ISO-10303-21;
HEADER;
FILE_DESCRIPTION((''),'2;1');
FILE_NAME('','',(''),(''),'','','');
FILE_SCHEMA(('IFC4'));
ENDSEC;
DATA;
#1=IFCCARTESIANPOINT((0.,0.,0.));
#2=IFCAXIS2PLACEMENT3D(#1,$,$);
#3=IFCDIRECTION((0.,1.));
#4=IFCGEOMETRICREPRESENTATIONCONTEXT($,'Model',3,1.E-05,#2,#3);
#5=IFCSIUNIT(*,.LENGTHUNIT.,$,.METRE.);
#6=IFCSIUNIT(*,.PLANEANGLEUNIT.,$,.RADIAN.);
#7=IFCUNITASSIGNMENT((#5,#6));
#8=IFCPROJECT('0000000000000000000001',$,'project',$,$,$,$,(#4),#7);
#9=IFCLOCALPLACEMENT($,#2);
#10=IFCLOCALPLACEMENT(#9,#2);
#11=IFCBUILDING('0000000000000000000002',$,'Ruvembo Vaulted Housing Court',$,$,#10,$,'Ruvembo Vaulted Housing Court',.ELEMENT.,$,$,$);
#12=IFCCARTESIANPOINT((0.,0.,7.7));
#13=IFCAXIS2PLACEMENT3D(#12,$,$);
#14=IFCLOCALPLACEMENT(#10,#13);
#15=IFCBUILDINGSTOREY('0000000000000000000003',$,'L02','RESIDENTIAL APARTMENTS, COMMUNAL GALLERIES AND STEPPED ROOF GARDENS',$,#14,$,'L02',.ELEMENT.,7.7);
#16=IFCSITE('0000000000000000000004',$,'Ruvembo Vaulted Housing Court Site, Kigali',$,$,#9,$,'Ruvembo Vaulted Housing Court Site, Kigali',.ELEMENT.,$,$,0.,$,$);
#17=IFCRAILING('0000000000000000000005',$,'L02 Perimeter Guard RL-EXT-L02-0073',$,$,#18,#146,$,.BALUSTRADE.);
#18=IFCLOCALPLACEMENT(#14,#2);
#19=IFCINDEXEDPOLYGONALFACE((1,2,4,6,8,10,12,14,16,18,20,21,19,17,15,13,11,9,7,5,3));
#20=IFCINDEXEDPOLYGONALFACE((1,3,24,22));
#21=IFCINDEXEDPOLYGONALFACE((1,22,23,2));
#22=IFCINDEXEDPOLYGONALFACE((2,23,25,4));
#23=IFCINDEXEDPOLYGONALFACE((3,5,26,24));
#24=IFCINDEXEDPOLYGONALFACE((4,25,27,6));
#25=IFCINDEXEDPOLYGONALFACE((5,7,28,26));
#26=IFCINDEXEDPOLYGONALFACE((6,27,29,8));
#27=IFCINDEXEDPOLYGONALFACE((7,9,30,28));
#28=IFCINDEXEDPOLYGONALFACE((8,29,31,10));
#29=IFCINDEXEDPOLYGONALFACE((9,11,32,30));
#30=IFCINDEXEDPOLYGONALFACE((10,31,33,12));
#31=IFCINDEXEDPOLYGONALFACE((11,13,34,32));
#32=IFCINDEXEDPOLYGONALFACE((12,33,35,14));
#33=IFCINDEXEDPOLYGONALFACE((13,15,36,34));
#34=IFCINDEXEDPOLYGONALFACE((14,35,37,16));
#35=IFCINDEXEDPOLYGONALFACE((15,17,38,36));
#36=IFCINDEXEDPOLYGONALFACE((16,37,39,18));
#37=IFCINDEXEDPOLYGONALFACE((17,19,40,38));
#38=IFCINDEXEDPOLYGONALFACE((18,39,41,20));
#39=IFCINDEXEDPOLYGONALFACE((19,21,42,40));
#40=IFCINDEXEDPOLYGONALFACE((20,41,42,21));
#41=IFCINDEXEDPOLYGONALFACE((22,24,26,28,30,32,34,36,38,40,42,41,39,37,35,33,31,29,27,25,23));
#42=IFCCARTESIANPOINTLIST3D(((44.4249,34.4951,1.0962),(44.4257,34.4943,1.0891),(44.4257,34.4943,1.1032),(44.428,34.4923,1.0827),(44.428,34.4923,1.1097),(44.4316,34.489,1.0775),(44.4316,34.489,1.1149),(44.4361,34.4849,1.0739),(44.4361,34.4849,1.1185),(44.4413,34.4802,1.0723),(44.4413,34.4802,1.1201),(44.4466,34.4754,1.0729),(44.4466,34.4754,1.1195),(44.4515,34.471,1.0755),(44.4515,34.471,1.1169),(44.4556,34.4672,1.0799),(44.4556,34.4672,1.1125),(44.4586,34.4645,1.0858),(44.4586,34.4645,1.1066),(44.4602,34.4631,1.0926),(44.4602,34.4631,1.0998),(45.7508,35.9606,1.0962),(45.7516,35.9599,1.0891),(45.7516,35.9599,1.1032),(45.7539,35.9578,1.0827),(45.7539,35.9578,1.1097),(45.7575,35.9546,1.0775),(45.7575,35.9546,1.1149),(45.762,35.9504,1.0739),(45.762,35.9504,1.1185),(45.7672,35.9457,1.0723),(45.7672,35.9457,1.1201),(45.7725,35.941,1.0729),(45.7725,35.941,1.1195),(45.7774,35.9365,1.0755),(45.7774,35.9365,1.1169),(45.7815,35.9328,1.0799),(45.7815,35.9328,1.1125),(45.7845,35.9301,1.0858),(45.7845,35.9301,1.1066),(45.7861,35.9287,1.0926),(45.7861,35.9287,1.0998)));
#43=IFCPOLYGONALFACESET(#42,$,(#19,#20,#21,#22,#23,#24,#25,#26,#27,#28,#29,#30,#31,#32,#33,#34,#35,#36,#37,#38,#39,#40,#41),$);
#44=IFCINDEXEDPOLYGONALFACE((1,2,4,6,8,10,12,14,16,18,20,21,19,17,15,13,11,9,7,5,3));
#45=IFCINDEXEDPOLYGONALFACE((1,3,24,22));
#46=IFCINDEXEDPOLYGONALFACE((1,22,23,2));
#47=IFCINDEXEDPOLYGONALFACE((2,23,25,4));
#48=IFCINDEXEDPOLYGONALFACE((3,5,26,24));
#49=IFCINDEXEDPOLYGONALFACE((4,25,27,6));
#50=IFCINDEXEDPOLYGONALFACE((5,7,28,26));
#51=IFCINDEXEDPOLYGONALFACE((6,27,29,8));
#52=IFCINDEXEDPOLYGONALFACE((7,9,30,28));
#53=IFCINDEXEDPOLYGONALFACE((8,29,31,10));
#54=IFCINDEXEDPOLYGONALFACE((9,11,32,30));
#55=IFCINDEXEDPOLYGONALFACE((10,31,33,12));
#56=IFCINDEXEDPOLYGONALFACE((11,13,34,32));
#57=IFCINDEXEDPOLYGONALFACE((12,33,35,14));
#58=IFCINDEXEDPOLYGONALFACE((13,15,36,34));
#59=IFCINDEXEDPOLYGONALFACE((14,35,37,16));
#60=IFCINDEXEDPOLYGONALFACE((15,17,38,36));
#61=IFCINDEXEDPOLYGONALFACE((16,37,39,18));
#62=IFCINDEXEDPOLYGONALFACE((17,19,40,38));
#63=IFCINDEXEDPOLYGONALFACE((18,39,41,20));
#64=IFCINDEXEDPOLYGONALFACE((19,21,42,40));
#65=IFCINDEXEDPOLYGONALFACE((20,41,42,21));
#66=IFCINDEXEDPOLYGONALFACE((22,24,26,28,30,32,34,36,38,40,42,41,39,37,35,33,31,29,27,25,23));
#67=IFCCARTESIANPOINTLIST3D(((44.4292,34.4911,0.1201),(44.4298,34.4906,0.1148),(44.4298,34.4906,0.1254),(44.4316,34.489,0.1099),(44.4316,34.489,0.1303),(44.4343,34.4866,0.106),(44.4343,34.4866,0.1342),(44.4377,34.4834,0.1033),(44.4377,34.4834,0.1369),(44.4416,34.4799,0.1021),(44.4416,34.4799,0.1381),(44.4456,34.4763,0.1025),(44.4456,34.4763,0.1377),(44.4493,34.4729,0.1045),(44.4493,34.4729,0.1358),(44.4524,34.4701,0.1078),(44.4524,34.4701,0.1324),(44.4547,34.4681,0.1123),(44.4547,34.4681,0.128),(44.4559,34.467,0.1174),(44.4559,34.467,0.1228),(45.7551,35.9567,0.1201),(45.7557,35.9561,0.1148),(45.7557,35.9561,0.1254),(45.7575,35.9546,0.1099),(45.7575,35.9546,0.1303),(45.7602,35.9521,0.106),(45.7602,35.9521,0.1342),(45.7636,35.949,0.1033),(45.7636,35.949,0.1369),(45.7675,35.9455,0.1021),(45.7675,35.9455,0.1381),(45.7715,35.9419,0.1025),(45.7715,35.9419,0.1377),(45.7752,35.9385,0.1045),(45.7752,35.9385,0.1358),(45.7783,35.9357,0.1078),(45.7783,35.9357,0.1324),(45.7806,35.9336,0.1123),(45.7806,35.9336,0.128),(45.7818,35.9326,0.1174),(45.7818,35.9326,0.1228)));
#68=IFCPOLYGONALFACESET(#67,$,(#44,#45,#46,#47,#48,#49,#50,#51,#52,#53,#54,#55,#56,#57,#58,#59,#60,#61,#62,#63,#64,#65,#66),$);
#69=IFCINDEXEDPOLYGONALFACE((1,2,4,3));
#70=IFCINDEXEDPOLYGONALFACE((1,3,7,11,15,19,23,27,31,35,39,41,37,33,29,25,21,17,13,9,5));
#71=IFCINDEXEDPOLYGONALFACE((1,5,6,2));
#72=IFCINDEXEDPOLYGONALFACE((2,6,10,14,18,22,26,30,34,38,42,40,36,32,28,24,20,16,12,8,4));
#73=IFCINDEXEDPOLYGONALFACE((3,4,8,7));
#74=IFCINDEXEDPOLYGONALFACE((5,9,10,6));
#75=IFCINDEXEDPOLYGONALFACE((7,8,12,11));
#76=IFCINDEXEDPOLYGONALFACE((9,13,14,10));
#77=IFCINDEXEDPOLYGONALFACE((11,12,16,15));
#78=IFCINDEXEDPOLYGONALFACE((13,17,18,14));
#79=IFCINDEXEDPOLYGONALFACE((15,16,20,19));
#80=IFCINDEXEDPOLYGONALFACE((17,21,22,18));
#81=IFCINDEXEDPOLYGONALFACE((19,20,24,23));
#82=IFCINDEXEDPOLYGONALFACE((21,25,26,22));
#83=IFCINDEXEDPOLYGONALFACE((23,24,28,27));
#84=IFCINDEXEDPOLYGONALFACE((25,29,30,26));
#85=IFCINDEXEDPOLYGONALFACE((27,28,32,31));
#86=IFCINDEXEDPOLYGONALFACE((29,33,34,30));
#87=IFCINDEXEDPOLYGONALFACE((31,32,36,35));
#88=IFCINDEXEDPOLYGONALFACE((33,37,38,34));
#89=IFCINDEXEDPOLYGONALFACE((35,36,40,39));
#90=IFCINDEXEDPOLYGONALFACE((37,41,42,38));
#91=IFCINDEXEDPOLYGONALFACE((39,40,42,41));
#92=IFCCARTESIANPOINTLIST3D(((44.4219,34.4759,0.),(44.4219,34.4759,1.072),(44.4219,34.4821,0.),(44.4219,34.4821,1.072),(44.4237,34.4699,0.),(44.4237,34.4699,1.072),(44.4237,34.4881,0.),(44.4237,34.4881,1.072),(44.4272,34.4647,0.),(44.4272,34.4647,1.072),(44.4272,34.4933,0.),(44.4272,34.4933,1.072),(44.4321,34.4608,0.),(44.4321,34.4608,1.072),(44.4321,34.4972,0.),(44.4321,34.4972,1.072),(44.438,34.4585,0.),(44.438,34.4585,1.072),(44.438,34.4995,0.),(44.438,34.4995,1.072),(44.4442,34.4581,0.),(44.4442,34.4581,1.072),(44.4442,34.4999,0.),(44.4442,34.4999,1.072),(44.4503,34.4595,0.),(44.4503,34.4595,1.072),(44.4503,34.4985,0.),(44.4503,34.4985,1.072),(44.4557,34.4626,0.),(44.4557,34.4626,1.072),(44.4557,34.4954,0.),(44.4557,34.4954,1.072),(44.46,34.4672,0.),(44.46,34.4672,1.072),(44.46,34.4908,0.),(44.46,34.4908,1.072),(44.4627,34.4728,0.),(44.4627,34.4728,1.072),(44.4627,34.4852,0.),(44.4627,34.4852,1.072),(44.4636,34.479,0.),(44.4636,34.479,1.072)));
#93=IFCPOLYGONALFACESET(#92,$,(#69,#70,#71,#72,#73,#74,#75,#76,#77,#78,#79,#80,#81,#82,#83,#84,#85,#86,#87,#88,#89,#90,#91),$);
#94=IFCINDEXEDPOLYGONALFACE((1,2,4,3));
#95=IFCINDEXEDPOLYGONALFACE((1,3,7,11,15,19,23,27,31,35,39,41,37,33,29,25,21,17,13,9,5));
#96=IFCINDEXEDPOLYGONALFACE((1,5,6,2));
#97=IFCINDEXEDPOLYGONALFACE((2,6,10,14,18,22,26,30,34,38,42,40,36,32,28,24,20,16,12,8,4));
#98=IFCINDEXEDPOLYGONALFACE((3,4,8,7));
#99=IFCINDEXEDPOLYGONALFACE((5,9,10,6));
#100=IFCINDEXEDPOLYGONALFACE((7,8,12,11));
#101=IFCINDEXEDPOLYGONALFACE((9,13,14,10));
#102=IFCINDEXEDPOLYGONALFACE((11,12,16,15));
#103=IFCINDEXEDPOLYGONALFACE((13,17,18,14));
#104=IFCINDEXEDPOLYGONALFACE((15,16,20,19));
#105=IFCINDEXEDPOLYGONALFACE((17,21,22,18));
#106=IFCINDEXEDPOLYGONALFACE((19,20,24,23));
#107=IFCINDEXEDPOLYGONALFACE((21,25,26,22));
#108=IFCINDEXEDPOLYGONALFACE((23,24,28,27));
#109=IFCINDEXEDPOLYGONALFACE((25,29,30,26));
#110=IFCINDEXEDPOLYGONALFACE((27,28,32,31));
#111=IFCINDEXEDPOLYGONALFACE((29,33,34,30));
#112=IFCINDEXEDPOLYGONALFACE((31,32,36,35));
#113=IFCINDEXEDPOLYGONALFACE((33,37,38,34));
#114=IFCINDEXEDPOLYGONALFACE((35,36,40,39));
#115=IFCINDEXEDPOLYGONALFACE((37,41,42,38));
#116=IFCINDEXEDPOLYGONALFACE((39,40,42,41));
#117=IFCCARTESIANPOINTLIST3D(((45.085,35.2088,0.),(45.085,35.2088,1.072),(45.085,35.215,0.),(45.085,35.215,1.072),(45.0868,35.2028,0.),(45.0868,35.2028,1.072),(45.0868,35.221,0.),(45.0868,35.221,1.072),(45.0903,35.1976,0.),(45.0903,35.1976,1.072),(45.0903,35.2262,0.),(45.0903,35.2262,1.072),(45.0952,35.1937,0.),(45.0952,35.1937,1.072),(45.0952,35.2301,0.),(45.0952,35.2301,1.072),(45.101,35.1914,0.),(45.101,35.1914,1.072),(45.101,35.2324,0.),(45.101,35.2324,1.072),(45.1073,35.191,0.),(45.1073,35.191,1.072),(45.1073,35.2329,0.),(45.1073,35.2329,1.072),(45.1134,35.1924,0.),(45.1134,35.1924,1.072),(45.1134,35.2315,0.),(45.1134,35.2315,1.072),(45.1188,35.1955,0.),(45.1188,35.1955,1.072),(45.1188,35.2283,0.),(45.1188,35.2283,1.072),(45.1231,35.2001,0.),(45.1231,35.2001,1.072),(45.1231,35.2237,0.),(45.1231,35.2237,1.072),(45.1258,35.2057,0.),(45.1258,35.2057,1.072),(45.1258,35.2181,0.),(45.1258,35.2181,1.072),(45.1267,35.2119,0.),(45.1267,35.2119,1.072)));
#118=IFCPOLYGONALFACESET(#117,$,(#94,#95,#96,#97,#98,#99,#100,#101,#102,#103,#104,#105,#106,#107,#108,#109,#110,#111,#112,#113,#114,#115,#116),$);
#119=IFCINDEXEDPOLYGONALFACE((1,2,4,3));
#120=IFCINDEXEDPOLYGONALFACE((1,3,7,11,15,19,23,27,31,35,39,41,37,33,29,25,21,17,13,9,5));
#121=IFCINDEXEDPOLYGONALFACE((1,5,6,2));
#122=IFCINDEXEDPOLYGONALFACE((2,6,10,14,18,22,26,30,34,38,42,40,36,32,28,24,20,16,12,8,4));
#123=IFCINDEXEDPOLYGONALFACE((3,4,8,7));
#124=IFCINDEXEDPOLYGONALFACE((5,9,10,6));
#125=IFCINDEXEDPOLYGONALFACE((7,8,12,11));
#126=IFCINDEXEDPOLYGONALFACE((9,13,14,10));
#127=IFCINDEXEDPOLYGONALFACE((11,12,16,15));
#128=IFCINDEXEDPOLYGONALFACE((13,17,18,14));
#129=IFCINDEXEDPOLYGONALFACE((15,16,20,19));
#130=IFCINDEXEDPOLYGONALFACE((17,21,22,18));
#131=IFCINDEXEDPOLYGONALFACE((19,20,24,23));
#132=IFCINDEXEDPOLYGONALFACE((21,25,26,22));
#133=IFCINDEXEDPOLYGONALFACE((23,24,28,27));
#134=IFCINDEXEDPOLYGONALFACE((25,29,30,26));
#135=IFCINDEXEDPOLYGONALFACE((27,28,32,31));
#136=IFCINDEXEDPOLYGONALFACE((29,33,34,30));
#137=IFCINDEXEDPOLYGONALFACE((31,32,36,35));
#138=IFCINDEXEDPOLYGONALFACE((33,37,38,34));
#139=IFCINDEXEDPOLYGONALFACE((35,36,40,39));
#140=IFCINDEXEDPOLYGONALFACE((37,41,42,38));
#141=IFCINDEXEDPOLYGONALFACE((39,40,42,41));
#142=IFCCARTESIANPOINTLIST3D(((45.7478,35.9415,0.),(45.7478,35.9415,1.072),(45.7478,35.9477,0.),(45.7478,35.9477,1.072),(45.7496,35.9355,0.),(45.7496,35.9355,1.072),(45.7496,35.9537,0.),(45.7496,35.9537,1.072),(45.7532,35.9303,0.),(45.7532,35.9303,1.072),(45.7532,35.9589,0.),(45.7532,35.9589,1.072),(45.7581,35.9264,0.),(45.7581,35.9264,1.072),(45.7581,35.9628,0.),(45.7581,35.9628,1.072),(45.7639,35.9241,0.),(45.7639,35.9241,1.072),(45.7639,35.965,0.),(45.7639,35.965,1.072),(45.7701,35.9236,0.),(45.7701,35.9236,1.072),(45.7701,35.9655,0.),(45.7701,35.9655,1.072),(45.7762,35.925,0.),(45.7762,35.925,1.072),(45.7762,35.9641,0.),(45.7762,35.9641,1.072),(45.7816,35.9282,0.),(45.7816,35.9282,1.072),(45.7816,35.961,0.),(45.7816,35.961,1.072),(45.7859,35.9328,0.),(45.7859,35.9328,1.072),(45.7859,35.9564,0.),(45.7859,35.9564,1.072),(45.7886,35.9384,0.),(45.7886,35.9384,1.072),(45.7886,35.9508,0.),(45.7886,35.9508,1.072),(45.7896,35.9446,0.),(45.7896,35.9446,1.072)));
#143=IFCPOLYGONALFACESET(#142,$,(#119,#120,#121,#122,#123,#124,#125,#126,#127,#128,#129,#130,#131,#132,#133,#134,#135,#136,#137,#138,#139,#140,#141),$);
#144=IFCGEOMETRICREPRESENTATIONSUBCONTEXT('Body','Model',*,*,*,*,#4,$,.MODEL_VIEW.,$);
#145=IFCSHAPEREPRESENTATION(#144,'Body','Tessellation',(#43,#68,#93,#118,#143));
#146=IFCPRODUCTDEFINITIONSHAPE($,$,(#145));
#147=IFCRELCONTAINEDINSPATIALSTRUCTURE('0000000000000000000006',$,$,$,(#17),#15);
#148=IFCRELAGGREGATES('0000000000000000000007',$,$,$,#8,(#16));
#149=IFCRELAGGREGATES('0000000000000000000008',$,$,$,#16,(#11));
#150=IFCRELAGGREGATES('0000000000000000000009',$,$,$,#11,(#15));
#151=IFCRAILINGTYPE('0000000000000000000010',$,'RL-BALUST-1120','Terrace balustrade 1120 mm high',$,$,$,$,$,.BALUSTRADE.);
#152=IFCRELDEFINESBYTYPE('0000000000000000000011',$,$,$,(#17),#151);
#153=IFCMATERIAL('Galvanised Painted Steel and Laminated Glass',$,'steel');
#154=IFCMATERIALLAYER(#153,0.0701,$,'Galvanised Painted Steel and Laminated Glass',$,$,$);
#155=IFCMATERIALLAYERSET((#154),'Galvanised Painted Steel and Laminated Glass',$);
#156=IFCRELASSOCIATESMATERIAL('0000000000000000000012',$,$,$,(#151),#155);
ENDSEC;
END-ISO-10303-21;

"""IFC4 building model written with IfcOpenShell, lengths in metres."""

from ifc_helpers import new_model, si_unit, direction, frame, origin, origin_2d, place, context, subcontext, project, spatial, circle, extrude, material, layer, layer_set, type_object, element, save


model = new_model("IFC4")

# Units and contexts
model_context = context("Model", 3, precision=1e-05, world=origin(), true_north=direction((0.0, 1.0)))
body_context = subcontext(model_context, "Body", "Model", "MODEL_VIEW")
ifc_project = project(units=[si_unit("LENGTHUNIT", "METRE"), si_unit("PLANEANGLEUNIT", "RADIAN")], contexts=[model_context])

# Site, building, storey
site_placement = place(None, origin())
site = spatial("IfcSite", under=ifc_project, at=site_placement, Name="Ruvembo Vaulted Housing Court Site, Kigali", LongName="Ruvembo Vaulted Housing Court Site, Kigali", CompositionType="ELEMENT", RefElevation=0.0)
building_placement = place(site_placement, origin())
building = spatial("IfcBuilding", under=site, at=building_placement, Name="Ruvembo Vaulted Housing Court", LongName="Ruvembo Vaulted Housing Court", CompositionType="ELEMENT")
storey_placement = place(building_placement, frame((0.0, 0.0, 7.7)))
storey = spatial("IfcBuildingStorey", under=building, at=storey_placement, Name="L02", Description="RESIDENTIAL APARTMENTS, COMMUNAL GALLERIES AND STEPPED ROOF GARDENS", LongName="L02", CompositionType="ELEMENT", Elevation=7.7)

# Railing
ifc_material_1 = material(Name="Galvanised Painted Steel and Laminated Glass", Category="steel")
ifc_layer_1 = layer(ifc_material_1, 0.0701, Name="Galvanised Painted Steel and Laminated Glass")
ifc_layer_set_1 = layer_set([ifc_layer_1], Name="Galvanised Painted Steel and Laminated Glass")
railing_type_1 = type_object("IfcRailingType", Name="RL-BALUST-1120", Description="Terrace balustrade 1120 mm high", PredefinedType="BALUSTRADE", material=ifc_layer_set_1)
railing_1_placement = place(storey_placement, frame((44.4426, 34.479, 0.0)))
element("IfcRailing", 1, at=railing_1_placement, inside=storey, type_object=railing_type_1, Name="L02 Perimeter Guard RL-EXT-L02-0073", PredefinedType="BALUSTRADE", context=body_context, shape_type="SweptSolid", body=[
    extrude(circle(Radius=0.0239, at=origin_2d()), frame((0.0, 0.0, 1.0962), z_axis=(0.670894, 0.741553, 0.0), x_axis=(-0.741553, 0.670894, 0.0)), (0.0, 0.0, 1.0), 1.9763),
    extrude(circle(Radius=0.0181, at=origin_2d()), frame((0.0, 0.0, 0.1201), z_axis=(0.670894, 0.741553, 0.0), x_axis=(-0.741553, 0.670894, 0.0)), (0.0, 0.0, 1.0), 1.9763),
    extrude(circle(Radius=0.021, at=origin_2d()), origin(), (0.0, 0.0, 1.0), 1.072),
    extrude(circle(Radius=0.021, at=origin_2d()), frame((0.6631, 0.7329, 0.0)), (0.0, 0.0, 1.0), 1.072),
    extrude(circle(Radius=0.021, at=origin_2d()), frame((1.3259, 1.4656, 0.0)), (0.0, 0.0, 1.0), 1.072),
])

save(model, "model.ifc")
